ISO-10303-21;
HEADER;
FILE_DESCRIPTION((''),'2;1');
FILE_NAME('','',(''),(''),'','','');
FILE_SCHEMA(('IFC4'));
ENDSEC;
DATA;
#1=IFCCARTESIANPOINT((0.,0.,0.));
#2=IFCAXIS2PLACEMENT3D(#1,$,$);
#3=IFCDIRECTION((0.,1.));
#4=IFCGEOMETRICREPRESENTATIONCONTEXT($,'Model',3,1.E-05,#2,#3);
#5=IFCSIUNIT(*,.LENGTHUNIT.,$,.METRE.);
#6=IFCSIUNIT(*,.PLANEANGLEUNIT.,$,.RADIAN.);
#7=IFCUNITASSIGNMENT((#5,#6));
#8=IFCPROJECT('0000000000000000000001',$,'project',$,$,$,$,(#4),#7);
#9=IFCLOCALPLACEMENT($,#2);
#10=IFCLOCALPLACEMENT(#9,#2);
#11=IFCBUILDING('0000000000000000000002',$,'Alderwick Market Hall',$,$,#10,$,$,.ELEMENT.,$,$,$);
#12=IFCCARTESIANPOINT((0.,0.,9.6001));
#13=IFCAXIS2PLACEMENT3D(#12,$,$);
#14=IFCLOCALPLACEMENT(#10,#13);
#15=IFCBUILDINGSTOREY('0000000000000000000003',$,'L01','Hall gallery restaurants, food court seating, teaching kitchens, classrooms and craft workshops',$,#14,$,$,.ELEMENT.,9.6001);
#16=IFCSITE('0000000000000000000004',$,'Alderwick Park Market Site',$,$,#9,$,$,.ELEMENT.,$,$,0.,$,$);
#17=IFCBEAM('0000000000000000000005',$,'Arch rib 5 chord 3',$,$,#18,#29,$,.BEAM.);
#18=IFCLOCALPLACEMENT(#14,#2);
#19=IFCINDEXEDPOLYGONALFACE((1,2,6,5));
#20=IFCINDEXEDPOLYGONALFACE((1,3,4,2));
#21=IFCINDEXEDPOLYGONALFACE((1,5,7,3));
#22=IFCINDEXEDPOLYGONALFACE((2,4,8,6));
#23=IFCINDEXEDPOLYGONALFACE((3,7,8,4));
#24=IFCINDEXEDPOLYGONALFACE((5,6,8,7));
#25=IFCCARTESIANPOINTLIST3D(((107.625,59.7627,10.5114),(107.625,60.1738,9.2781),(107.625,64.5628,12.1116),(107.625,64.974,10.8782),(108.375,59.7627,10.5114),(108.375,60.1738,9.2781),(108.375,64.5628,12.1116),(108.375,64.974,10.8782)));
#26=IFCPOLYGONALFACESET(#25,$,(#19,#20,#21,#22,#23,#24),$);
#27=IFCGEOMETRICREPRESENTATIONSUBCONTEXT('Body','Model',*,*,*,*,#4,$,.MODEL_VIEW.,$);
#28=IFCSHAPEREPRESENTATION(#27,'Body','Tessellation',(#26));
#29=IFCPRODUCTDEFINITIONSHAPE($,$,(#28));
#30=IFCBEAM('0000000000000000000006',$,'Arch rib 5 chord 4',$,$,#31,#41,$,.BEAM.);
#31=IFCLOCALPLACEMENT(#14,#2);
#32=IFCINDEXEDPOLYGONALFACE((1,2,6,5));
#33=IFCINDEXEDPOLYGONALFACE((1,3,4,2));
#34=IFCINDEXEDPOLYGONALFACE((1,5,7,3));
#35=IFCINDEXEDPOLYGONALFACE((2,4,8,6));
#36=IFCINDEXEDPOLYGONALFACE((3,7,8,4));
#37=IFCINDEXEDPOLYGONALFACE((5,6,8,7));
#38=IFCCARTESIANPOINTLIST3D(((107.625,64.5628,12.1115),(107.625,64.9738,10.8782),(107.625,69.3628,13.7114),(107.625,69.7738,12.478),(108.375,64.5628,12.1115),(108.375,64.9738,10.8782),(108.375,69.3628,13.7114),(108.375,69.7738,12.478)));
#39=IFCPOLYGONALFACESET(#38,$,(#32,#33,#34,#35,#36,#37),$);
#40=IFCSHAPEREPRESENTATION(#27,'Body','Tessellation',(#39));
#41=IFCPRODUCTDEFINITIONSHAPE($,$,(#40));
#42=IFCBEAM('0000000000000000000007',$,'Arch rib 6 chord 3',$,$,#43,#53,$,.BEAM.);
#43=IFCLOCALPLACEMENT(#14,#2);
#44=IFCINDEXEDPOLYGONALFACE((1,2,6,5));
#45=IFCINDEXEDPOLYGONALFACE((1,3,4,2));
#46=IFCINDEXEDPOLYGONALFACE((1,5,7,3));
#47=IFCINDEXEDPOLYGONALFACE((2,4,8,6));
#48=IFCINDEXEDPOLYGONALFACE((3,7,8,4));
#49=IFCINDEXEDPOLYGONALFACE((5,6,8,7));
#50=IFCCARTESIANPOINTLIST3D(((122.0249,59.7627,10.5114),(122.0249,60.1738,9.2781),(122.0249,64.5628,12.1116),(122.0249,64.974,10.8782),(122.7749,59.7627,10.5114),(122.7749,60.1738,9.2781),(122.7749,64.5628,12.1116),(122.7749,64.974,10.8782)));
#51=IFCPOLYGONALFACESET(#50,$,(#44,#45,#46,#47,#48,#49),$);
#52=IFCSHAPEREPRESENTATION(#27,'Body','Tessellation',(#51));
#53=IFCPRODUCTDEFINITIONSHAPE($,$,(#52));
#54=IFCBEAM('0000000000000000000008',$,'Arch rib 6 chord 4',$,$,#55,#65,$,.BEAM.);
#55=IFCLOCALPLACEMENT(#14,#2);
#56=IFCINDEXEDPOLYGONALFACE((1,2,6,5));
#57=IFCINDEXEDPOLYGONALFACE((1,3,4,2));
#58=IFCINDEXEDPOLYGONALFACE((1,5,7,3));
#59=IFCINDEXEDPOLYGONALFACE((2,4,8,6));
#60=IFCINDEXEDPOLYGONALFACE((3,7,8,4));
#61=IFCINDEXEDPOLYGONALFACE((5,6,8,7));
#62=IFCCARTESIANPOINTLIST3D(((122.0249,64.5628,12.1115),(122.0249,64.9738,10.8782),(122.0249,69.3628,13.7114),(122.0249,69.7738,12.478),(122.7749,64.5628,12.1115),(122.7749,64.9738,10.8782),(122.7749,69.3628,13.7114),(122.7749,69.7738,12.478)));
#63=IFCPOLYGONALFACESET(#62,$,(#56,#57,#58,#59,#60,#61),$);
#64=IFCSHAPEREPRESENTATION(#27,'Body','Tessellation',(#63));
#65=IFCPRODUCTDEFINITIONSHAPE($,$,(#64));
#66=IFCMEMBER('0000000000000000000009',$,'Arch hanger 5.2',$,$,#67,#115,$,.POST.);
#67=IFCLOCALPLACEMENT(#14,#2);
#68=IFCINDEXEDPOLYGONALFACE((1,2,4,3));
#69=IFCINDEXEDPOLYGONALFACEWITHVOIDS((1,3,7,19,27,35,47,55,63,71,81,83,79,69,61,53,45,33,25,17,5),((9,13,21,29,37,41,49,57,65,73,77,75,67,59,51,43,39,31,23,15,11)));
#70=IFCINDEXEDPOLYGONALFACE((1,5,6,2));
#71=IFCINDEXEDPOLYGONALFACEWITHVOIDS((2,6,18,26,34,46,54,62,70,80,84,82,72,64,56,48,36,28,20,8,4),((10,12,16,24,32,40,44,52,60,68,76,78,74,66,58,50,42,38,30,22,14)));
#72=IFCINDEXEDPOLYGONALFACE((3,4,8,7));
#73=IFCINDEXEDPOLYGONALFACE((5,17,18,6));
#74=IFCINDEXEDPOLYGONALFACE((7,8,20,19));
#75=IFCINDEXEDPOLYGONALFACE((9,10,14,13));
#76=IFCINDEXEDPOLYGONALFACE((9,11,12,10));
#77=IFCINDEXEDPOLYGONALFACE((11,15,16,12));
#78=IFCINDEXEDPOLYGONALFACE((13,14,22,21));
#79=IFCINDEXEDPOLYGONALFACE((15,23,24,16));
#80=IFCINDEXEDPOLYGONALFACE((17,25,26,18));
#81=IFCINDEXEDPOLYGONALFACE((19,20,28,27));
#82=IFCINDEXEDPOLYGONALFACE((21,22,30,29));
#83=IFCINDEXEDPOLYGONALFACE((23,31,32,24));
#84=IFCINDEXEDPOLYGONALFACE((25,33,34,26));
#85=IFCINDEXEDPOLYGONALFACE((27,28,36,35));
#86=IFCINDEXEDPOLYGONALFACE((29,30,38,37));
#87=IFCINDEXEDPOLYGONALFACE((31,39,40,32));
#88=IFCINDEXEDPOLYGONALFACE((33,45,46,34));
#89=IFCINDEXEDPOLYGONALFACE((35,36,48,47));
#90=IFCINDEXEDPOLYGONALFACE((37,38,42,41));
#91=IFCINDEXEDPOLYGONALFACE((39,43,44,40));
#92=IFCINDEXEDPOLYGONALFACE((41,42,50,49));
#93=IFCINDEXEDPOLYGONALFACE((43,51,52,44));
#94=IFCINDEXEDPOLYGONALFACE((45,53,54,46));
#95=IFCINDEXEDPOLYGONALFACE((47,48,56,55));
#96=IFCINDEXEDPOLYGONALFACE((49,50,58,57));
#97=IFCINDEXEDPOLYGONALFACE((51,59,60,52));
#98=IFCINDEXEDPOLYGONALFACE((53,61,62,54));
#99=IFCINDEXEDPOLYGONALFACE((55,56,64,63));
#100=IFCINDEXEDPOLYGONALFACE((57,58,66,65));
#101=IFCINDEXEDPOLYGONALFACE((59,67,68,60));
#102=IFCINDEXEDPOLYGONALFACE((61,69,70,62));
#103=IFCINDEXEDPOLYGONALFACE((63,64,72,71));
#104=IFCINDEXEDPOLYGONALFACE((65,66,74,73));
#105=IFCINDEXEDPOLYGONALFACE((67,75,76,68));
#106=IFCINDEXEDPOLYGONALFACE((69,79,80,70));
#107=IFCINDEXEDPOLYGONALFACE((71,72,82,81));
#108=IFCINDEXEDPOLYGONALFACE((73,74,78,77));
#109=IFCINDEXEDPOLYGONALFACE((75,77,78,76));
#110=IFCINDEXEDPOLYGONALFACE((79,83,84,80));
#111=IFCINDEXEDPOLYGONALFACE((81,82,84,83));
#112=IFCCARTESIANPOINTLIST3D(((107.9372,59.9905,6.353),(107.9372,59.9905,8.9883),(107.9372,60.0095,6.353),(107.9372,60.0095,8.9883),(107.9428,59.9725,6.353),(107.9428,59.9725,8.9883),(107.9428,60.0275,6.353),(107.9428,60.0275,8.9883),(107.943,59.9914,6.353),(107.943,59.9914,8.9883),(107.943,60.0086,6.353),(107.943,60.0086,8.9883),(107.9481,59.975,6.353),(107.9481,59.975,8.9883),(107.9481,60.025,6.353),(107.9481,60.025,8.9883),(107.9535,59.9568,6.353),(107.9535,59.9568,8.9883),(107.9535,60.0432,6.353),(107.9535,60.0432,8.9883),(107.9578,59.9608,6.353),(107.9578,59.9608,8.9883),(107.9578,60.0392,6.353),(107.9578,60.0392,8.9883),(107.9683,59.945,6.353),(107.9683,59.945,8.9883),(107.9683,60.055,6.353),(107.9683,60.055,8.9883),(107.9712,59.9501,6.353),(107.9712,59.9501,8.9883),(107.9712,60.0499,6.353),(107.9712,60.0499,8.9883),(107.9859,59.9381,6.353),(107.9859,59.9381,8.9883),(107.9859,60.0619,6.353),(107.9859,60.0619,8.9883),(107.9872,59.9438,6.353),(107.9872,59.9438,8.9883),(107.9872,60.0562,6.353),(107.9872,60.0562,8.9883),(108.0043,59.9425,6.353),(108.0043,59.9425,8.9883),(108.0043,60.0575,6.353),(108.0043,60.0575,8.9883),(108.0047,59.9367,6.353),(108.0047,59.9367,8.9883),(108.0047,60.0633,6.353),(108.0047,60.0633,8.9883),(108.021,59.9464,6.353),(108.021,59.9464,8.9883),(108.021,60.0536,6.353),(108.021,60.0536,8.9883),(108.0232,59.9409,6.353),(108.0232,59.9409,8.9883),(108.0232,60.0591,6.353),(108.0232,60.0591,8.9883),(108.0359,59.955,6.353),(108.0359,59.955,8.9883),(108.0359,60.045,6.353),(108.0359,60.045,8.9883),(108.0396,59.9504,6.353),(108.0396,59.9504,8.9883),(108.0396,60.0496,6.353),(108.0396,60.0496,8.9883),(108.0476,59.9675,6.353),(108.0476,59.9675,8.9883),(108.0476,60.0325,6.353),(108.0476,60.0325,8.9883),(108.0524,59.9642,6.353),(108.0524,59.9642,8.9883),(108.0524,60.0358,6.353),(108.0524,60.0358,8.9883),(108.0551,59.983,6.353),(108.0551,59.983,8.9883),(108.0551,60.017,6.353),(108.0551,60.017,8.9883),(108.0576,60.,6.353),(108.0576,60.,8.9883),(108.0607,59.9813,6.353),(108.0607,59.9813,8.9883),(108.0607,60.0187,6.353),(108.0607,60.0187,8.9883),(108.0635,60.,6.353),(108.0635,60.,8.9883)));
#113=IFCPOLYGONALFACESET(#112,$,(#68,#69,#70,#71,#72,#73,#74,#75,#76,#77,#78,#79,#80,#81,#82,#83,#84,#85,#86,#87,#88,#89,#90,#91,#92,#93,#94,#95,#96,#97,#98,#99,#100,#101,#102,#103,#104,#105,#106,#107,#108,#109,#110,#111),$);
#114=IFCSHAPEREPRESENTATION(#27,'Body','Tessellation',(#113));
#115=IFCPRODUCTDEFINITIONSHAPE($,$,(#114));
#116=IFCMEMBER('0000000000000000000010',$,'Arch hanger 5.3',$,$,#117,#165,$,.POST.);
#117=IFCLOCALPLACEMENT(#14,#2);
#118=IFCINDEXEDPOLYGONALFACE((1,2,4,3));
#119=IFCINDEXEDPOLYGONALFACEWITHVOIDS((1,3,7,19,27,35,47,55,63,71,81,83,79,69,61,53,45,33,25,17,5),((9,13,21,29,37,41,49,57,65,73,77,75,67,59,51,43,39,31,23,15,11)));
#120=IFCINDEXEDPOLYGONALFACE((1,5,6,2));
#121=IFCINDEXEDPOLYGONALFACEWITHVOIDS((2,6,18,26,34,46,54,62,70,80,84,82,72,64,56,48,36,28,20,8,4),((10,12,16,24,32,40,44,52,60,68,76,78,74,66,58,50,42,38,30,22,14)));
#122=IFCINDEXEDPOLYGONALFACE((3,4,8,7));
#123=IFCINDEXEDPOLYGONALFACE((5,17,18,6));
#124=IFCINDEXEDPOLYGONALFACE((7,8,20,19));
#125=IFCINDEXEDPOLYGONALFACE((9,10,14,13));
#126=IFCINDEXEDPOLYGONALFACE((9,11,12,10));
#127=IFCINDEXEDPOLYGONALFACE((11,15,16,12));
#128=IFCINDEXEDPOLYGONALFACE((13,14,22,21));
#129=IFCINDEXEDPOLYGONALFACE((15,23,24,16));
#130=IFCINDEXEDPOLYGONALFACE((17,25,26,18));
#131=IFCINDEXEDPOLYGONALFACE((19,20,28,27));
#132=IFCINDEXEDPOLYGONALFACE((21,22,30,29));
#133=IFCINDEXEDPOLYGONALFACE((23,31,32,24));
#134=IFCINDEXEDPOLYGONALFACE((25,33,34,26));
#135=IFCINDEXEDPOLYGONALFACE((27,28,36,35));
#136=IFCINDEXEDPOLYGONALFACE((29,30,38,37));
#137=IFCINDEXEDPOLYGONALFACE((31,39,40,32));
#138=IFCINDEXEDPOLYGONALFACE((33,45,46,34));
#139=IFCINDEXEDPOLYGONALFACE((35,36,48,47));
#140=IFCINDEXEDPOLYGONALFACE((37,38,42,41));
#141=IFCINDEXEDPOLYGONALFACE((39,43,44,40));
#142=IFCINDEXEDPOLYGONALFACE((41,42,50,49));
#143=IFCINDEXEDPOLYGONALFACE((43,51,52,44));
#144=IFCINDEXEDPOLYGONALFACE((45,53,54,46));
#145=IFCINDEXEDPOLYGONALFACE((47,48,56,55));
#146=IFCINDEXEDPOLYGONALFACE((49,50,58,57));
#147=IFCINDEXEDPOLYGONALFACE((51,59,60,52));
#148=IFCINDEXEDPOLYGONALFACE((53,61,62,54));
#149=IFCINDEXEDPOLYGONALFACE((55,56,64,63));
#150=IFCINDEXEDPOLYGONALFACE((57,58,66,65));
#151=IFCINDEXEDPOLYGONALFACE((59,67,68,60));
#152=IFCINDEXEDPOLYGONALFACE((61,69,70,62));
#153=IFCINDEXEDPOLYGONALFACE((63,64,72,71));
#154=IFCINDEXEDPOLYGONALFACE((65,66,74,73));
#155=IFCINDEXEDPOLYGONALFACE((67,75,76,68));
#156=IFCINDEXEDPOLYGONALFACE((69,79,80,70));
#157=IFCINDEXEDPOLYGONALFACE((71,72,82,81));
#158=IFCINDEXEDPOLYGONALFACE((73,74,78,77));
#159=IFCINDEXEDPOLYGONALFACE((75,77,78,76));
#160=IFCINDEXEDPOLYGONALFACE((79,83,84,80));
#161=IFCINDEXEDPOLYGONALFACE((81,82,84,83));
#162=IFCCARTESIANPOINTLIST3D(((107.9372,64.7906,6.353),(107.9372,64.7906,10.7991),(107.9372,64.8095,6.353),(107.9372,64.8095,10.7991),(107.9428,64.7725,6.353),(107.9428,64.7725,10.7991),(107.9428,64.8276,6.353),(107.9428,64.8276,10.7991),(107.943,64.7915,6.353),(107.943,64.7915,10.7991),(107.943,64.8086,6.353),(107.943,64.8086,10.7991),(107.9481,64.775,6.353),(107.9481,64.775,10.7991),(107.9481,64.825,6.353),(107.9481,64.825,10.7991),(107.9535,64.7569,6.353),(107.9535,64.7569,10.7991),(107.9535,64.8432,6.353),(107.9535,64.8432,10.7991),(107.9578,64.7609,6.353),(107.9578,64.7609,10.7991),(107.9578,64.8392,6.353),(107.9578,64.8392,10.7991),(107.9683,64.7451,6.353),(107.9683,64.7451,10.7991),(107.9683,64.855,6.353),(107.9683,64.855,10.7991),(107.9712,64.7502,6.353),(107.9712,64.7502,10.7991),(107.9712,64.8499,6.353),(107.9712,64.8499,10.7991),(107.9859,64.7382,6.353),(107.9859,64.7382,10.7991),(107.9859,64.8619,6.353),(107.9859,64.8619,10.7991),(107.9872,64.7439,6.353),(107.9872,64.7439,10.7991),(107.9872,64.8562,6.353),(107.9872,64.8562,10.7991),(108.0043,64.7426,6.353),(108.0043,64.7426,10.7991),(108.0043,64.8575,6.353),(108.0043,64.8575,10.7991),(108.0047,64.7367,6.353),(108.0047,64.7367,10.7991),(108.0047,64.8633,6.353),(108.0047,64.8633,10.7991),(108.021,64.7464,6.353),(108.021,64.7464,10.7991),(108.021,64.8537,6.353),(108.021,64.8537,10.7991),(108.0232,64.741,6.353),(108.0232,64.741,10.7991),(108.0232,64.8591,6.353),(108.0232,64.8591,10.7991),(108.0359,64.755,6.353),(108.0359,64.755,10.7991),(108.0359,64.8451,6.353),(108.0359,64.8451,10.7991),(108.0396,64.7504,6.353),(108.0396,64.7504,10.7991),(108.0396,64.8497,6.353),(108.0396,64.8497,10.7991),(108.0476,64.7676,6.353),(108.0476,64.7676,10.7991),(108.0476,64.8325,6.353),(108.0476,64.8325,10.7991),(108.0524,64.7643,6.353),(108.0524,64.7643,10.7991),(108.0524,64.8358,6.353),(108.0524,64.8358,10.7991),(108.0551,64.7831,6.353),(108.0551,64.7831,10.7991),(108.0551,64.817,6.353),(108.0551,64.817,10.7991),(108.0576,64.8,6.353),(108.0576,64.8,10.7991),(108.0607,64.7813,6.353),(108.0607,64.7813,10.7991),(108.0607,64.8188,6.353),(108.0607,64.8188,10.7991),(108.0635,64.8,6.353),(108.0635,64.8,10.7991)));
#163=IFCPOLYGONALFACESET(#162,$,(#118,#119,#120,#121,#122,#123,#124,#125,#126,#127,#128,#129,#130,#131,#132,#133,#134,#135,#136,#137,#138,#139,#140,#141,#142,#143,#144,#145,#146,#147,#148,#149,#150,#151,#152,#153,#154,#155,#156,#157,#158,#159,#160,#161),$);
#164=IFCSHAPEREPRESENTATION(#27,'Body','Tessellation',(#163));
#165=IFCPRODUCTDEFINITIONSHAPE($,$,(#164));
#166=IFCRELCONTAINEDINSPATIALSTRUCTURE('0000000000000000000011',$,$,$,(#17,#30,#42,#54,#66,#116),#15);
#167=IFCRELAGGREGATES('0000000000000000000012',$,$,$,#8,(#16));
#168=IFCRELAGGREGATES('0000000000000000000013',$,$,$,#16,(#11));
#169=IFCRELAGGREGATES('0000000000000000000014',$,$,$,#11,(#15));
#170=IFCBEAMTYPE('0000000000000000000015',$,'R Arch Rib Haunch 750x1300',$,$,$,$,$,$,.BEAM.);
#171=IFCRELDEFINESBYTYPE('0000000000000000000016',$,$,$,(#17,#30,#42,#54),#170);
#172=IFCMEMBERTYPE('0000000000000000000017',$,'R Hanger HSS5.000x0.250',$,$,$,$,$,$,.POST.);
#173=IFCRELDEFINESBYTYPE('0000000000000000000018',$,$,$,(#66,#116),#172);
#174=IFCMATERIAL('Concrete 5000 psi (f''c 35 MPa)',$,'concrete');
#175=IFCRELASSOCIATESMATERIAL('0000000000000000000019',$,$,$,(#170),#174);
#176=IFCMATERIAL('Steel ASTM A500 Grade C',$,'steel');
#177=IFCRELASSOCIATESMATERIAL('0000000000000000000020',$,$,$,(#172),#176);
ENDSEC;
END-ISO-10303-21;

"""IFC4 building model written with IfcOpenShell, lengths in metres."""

from ifc_helpers import new_model, si_unit, direction, frame, origin, origin_2d, place, context, subcontext, project, spatial, rectangle, hollow_circle, extrude, material, material_profile, profile_set, type_object, element, save


model = new_model("IFC4")

# Units and contexts
model_context = context("Model", 3, precision=1e-05, world=origin(), true_north=direction((0.0, 1.0)))
body_context = subcontext(model_context, "Body", "Model", "MODEL_VIEW")
ifc_project = project(units=[si_unit("LENGTHUNIT", "METRE"), si_unit("PLANEANGLEUNIT", "RADIAN")], contexts=[model_context])

# Site, building, storey
site_placement = place(None, origin())
site = spatial("IfcSite", under=ifc_project, at=site_placement, Name="Alderwick Park Market Site", CompositionType="ELEMENT", RefElevation=0.0)
building_placement = place(site_placement, origin())
building = spatial("IfcBuilding", under=site, at=building_placement, Name="Alderwick Market Hall", CompositionType="ELEMENT")
storey_placement = place(building_placement, frame((0.0, 0.0, 9.6001)))
storey = spatial("IfcBuildingStorey", under=building, at=storey_placement, Name="L01", Description="Hall gallery restaurants, food court seating, teaching kitchens, classrooms and craft workshops", CompositionType="ELEMENT", Elevation=9.6001)

# Beams
ifc_material_1 = material(Name="Concrete 5000 psi (f'c 35 MPa)", Category="concrete")
ifc_material_profile_1 = material_profile(ifc_material_1, rectangle(XDim=0.75, YDim=1.3, at=origin_2d()), Name="RC 750x1300")
ifc_profile_set_1 = profile_set([ifc_material_profile_1], Name="Concrete 5000 psi (f'c 35 MPa)")
beam_type = type_object("IfcBeamType", Name="R Arch Rib Haunch 750x1300", PredefinedType="BEAM", material=ifc_profile_set_1)
beam_1_placement = place(storey_placement, frame((108.0, 59.9683, 9.8948), z_axis=(0.0, 0.948678, 0.316242), x_axis=(-1.0, 0.0, 0.0)))
element("IfcBeam", 1, at=beam_1_placement, inside=storey, type_object=beam_type, Name="Arch rib 5 chord 3", PredefinedType="BEAM", context=body_context, shape_type="SweptSolid", body=[
    extrude(rectangle(XDim=0.75, YDim=1.3, at=origin_2d()), origin(), (0.0, 0.0, 1.0), 5.0598),
])
beam_2_placement = place(storey_placement, frame((108.0, 64.7683, 11.4949), z_axis=(0.0, 0.948693, 0.316199), x_axis=(-1.0, 0.0, 0.0)))
element("IfcBeam", 2, at=beam_2_placement, inside=storey, type_object=beam_type, Name="Arch rib 5 chord 4", PredefinedType="BEAM", context=body_context, shape_type="SweptSolid", body=[
    extrude(rectangle(XDim=0.75, YDim=1.3, at=origin_2d()), origin(), (0.0, 0.0, 1.0), 5.0596),
])
beam_3_placement = place(storey_placement, frame((122.3999, 59.9683, 9.8948), z_axis=(0.0, 0.948678, 0.316242), x_axis=(-1.0, 0.0, 0.0)))
element("IfcBeam", 3, at=beam_3_placement, inside=storey, type_object=beam_type, Name="Arch rib 6 chord 3", PredefinedType="BEAM", context=body_context, shape_type="SweptSolid", body=[
    extrude(rectangle(XDim=0.75, YDim=1.3, at=origin_2d()), origin(), (0.0, 0.0, 1.0), 5.0598),
])
beam_4_placement = place(storey_placement, frame((122.3999, 64.7683, 11.4949), z_axis=(0.0, 0.948693, 0.316199), x_axis=(-1.0, 0.0, 0.0)))
element("IfcBeam", 4, at=beam_4_placement, inside=storey, type_object=beam_type, Name="Arch rib 6 chord 4", PredefinedType="BEAM", context=body_context, shape_type="SweptSolid", body=[
    extrude(rectangle(XDim=0.75, YDim=1.3, at=origin_2d()), origin(), (0.0, 0.0, 1.0), 5.0596),
])

# Members
ifc_material_2 = material(Name="Steel ASTM A500 Grade C", Category="steel")
ifc_material_profile_2 = material_profile(ifc_material_2, hollow_circle(Radius=0.0635, WallThickness=0.0059, at=origin_2d()), Name="HSS5.000x0.250")
ifc_profile_set_2 = profile_set([ifc_material_profile_2], Name="Steel ASTM A500 Grade C")
member_type_1 = type_object("IfcMemberType", Name="R Hanger HSS5.000x0.250", PredefinedType="POST", material=ifc_profile_set_2)
member_1_placement = place(storey_placement, frame((108.0, 60.0, 6.353), z_axis=(0.0, 0.0, 1.0), x_axis=(1.0, 0.0, 0.0)))
element("IfcMember", 5, at=member_1_placement, inside=storey, type_object=member_type_1, Name="Arch hanger 5.2", PredefinedType="POST", context=body_context, shape_type="SweptSolid", body=[
    extrude(hollow_circle(Radius=0.0635, WallThickness=0.0059, at=origin_2d()), origin(), (0.0, 0.0, 1.0), 2.6353),
])
member_2_placement = place(storey_placement, frame((108.0, 64.8, 6.353), z_axis=(0.0, 0.0, 1.0), x_axis=(1.0, 0.0, 0.0)))
element("IfcMember", 6, at=member_2_placement, inside=storey, type_object=member_type_1, Name="Arch hanger 5.3", PredefinedType="POST", context=body_context, shape_type="SweptSolid", body=[
    extrude(hollow_circle(Radius=0.0635, WallThickness=0.0059, at=origin_2d()), origin(), (0.0, 0.0, 1.0), 4.446),
])

save(model, "model.ifc")
